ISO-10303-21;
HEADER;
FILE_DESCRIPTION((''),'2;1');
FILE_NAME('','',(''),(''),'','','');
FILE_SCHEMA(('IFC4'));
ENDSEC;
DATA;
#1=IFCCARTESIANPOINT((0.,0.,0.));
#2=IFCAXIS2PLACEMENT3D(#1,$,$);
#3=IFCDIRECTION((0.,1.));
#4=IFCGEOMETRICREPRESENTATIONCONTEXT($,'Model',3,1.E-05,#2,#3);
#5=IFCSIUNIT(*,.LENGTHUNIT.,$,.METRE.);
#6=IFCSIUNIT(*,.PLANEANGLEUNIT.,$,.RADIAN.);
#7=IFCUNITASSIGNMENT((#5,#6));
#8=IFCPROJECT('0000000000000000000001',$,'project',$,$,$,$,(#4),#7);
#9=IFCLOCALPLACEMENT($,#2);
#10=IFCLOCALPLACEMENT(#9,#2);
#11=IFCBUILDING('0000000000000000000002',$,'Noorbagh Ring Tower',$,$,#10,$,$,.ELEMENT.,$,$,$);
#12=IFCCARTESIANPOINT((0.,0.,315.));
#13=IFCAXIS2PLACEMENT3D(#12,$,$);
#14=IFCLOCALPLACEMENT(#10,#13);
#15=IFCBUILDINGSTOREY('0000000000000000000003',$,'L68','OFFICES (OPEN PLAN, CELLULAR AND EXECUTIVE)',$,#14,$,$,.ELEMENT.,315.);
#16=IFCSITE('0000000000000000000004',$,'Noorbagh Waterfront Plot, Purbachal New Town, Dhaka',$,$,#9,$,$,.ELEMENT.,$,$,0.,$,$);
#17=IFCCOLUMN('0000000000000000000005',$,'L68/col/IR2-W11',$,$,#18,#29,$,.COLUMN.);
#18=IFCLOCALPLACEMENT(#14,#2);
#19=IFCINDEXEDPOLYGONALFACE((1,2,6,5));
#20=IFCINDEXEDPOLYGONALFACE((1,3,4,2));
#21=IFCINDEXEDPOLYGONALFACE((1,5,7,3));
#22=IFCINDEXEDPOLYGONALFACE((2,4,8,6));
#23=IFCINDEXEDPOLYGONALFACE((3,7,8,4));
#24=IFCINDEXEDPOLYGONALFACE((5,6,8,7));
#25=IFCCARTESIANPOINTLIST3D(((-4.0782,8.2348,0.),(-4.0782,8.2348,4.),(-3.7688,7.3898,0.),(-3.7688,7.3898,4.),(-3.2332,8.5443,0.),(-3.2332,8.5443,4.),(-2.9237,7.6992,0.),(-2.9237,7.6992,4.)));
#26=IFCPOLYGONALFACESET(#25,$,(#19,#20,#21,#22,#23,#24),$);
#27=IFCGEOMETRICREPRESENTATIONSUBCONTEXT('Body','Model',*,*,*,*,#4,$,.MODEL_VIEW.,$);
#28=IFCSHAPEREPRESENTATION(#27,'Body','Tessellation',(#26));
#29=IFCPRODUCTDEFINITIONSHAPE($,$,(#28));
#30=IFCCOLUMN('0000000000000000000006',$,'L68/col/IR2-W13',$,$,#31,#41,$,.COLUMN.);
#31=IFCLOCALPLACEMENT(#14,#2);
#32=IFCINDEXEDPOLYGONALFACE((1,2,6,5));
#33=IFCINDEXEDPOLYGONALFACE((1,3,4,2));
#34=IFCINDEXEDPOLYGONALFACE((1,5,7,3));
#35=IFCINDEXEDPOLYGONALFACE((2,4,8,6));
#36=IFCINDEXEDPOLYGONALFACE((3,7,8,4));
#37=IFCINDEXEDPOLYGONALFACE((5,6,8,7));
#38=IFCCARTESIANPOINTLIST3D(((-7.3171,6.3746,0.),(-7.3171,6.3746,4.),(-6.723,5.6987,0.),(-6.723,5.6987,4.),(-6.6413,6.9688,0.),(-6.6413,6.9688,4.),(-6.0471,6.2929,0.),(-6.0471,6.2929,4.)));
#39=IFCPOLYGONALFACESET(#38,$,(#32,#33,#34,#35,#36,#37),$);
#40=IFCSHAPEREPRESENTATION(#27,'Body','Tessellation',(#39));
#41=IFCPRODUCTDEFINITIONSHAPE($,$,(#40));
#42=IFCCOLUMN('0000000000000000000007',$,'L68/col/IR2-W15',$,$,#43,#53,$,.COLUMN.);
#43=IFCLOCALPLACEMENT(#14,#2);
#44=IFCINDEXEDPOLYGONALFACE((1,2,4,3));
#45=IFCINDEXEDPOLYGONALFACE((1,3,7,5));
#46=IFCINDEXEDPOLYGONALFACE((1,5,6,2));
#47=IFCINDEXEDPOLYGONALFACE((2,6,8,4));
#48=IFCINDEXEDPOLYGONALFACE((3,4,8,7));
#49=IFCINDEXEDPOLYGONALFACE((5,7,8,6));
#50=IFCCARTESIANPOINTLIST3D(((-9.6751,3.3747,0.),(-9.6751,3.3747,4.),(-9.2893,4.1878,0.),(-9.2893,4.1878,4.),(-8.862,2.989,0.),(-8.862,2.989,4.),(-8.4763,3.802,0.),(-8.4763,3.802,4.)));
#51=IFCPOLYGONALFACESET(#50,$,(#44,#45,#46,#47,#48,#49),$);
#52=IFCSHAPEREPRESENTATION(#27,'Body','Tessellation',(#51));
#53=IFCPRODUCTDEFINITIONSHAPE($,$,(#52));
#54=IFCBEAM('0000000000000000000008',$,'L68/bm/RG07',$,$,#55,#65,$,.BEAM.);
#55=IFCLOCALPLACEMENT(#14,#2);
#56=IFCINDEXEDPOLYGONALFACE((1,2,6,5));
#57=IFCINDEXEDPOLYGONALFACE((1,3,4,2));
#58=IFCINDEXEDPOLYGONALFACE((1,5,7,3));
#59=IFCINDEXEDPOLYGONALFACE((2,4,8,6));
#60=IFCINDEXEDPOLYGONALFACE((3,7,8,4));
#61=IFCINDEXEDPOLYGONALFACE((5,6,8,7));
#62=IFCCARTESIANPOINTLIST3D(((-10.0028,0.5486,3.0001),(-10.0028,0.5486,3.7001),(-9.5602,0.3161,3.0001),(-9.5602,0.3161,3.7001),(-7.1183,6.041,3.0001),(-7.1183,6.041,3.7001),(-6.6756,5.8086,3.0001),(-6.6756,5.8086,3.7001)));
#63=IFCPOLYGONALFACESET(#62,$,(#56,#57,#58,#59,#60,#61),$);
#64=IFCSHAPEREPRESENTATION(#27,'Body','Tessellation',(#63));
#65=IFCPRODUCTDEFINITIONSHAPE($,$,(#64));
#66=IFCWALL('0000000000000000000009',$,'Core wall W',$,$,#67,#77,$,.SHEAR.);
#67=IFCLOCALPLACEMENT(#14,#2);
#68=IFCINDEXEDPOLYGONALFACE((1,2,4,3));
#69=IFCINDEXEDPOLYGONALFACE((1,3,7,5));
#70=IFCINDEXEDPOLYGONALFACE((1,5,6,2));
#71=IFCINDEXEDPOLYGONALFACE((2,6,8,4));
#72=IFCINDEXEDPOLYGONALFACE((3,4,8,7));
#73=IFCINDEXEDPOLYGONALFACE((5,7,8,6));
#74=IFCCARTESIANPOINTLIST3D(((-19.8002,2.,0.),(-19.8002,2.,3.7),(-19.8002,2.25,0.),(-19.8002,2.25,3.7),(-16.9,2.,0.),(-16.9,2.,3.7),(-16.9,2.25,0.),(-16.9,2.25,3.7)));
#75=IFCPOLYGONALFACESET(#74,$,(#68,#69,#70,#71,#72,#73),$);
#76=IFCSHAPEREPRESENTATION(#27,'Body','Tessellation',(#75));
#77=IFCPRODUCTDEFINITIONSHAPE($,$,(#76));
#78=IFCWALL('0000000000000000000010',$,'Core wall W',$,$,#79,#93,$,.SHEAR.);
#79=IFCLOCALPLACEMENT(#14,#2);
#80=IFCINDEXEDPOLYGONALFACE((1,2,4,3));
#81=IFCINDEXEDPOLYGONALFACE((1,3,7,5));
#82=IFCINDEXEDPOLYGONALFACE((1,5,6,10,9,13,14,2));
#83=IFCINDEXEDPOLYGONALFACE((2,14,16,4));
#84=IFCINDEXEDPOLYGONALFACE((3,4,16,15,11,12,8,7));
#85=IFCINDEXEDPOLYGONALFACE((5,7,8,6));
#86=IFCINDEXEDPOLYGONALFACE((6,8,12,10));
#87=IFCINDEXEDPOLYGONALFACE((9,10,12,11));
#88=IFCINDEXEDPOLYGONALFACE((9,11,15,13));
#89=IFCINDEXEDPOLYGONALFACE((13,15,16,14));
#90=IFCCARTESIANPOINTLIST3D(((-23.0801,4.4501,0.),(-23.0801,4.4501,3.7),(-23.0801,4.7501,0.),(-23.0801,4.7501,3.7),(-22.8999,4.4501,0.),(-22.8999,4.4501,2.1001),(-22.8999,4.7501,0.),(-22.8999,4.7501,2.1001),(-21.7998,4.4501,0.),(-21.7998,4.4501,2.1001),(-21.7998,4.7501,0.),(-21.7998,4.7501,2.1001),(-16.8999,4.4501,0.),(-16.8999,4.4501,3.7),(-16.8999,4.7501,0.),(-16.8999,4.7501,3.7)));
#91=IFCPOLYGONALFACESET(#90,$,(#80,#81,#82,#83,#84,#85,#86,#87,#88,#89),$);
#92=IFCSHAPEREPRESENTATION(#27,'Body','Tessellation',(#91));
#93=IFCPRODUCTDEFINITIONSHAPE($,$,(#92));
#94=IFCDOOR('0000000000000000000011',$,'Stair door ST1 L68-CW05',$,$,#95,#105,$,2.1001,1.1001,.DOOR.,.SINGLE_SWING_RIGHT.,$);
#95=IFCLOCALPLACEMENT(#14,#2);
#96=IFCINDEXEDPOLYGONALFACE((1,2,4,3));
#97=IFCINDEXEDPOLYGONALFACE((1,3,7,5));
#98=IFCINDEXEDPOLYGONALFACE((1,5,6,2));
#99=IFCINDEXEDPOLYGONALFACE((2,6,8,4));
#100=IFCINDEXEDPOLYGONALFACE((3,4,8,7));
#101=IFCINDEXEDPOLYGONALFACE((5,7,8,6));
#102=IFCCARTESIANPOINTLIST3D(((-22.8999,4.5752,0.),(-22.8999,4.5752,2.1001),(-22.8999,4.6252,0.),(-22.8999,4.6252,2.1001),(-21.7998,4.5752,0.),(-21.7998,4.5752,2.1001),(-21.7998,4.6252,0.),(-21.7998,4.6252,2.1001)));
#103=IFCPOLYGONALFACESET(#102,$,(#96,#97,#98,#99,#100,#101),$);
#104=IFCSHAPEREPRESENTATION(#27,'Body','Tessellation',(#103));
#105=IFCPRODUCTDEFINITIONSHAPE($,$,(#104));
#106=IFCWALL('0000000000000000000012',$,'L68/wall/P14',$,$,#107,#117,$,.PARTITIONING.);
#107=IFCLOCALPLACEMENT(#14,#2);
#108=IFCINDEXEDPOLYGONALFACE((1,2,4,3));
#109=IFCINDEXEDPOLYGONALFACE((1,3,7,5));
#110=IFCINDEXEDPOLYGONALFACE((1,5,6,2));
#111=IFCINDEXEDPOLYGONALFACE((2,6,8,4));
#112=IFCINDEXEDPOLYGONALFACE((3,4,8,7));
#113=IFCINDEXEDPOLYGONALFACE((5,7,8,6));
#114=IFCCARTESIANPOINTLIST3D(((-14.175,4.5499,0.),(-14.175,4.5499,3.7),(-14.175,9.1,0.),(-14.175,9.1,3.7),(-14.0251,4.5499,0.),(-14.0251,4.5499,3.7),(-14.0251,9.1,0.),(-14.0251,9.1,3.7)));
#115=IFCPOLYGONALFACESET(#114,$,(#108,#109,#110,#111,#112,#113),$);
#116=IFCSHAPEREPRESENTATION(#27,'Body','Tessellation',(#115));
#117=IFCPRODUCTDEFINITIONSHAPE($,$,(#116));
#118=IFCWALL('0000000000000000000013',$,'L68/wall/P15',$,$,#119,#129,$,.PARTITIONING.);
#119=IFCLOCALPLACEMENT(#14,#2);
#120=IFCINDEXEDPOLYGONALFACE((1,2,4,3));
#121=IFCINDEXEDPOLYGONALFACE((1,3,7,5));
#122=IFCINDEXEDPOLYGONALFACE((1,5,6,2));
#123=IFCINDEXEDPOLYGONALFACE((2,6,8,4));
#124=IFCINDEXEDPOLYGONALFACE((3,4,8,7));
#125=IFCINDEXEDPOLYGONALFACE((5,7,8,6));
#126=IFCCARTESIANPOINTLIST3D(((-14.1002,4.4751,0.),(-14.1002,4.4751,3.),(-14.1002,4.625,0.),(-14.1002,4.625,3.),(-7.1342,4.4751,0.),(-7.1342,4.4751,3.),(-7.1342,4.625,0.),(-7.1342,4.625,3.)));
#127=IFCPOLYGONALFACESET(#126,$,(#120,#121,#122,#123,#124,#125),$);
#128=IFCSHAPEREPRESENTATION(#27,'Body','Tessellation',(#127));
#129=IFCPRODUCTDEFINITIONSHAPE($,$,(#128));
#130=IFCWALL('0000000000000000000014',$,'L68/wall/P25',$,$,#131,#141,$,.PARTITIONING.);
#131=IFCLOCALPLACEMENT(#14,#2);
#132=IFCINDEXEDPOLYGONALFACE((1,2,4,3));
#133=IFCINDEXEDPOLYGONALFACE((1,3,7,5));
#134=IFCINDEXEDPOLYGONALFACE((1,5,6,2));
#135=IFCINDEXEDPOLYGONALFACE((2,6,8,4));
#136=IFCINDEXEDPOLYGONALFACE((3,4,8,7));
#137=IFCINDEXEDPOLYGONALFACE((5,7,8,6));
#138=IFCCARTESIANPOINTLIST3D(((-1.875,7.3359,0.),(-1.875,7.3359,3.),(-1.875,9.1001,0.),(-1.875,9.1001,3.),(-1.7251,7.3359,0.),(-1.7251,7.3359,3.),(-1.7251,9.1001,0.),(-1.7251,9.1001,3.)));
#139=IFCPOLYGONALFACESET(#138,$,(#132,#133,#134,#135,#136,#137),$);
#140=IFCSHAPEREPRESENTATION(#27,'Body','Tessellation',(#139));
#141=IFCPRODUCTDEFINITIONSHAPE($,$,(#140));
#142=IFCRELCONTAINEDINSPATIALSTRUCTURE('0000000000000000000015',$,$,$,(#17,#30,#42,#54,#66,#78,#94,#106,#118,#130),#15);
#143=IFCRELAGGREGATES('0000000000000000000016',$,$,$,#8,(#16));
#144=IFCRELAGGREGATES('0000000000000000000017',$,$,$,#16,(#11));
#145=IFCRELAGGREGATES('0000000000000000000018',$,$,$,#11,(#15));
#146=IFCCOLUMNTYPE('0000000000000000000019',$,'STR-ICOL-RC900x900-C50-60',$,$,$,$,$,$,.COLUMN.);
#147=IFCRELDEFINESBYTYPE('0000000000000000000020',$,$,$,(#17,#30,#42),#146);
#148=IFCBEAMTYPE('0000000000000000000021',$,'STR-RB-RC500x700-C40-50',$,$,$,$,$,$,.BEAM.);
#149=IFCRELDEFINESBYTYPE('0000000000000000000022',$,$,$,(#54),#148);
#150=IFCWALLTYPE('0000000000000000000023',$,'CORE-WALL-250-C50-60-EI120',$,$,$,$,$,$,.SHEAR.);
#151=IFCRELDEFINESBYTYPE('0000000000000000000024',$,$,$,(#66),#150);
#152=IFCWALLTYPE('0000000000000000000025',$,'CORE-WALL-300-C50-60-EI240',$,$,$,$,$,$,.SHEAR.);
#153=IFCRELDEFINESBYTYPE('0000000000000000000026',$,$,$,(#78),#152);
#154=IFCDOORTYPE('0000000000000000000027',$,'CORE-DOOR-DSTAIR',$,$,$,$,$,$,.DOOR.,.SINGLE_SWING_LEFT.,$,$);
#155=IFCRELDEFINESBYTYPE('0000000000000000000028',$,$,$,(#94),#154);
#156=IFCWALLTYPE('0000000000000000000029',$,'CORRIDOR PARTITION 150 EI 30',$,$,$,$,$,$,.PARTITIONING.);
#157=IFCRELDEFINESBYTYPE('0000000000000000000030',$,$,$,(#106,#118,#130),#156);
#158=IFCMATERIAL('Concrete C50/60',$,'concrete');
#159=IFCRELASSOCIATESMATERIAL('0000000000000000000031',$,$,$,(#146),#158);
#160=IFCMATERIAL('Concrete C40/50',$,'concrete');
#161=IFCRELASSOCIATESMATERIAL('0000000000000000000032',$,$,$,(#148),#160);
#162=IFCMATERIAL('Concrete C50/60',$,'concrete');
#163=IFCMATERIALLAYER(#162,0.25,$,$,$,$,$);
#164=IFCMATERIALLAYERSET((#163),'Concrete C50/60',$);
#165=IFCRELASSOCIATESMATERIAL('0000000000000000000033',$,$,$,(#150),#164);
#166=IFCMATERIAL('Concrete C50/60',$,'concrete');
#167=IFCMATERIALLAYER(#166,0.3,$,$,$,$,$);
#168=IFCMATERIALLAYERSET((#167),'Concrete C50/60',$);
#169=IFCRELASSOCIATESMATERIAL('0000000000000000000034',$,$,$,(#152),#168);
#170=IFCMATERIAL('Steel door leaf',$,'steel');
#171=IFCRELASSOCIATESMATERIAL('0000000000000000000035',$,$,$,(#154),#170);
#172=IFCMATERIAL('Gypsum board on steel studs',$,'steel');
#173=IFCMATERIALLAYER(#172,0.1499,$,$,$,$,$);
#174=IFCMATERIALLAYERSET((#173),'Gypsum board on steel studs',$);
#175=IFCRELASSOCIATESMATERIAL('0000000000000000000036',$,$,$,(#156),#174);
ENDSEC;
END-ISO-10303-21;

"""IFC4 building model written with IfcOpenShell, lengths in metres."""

from ifc_helpers import new_model, si_unit, direction, frame, frame_2d, origin, origin_2d, place, context, subcontext, project, spatial, rectangle, extrude, material, layer, layer_set, material_profile, profile_set, type_object, element, fill, save


model = new_model("IFC4")

# Units and contexts
model_context = context("Model", 3, precision=1e-05, world=origin(), true_north=direction((0.0, 1.0)))
body_context = subcontext(model_context, "Body", "Model", "MODEL_VIEW")
ifc_project = project(units=[si_unit("LENGTHUNIT", "METRE"), si_unit("PLANEANGLEUNIT", "RADIAN")], contexts=[model_context])

# Site, building, storey
site_placement = place(None, origin())
site = spatial("IfcSite", under=ifc_project, at=site_placement, Name="Noorbagh Waterfront Plot, Purbachal New Town, Dhaka", CompositionType="ELEMENT", RefElevation=0.0)
building_placement = place(site_placement, origin())
building = spatial("IfcBuilding", under=site, at=building_placement, Name="Noorbagh Ring Tower", CompositionType="ELEMENT")
storey_placement = place(building_placement, frame((0.0, 0.0, 315.0)))
storey = spatial("IfcBuildingStorey", under=building, at=storey_placement, Name="L68", Description="OFFICES (OPEN PLAN, CELLULAR AND EXECUTIVE)", CompositionType="ELEMENT", Elevation=315.0)

# Columns
ifc_material_1 = material(Name="Concrete C50/60", Category="concrete")
ifc_material_profile_1 = material_profile(ifc_material_1, rectangle(XDim=0.8999, YDim=0.8999, at=origin_2d()), Name="RC900x900")
ifc_profile_set_1 = profile_set([ifc_material_profile_1], Name="Concrete C50/60")
column_type = type_object("IfcColumnType", Name="STR-ICOL-RC900x900-C50-60", PredefinedType="COLUMN", material=ifc_profile_set_1)
for number, where, z_axis, x_axis, name in (
    (1, (-3.501, 7.967, 0.0), (0.0, 0.0, 1.0), (-0.93902, -0.343864, 0.0), "L68/col/IR2-W11"),
    (2, (-6.6821, 6.3337, 0.0), (0.0, 0.0, 1.0), (-0.751022, -0.660277, 0.0), "L68/col/IR2-W13"),
    (3, (-9.0757, 3.5884, 0.0), (0.0, 0.0, 1.0), (-0.428667, -0.903463, 0.0), "L68/col/IR2-W15"),
):
    element("IfcColumn", number, at=place(storey_placement, frame(where, z_axis=z_axis, x_axis=x_axis)), inside=storey, type_object=column_type, Name=name, PredefinedType="COLUMN", context=body_context, shape_type="SweptSolid", body=[
        extrude(rectangle(XDim=0.8999, YDim=0.8999, at=origin_2d()), origin(), (0.0, 0.0, 1.0), 4.0),
    ])

# Beam
ifc_material_2 = material(Name="Concrete C40/50", Category="concrete")
ifc_material_profile_2 = material_profile(ifc_material_2, rectangle(XDim=0.5, YDim=0.7, at=origin_2d()), Name="RC500x700")
ifc_profile_set_2 = profile_set([ifc_material_profile_2], Name="Concrete C40/50")
beam_type = type_object("IfcBeamType", Name="STR-RB-RC500x700-C40-50", PredefinedType="BEAM", material=ifc_profile_set_2)
beam_placement = place(storey_placement, frame((-6.897, 5.9248, 3.3501), z_axis=(-0.46496, -0.885332, 0.0), x_axis=(0.885332, -0.46496, 0.0)))
element("IfcBeam", 4, at=beam_placement, inside=storey, type_object=beam_type, Name="L68/bm/RG07", PredefinedType="BEAM", context=body_context, shape_type="SweptSolid", body=[
    extrude(rectangle(XDim=0.5, YDim=0.7, at=origin_2d()), origin(), (0.0, 0.0, 1.0), 6.2039),
])

# Wall
ifc_material_3 = material(Name="Concrete C50/60", Category="concrete")
ifc_layer_1 = layer(ifc_material_3, 0.25)
ifc_layer_set_1 = layer_set([ifc_layer_1], Name="Concrete C50/60")
wall_type_1 = type_object("IfcWallType", Name="CORE-WALL-250-C50-60-EI120", PredefinedType="SHEAR", material=ifc_layer_set_1)
wall_1_placement = place(storey_placement, frame((-16.8999, 2.125, 0.0), z_axis=(0.0, 0.0, 1.0), x_axis=(-1.0, 0.0, 0.0)))
element("IfcWall", 5, at=wall_1_placement, inside=storey, type_object=wall_type_1, Name="Core wall W", PredefinedType="SHEAR", context=body_context, shape_type="SweptSolid", body=[
    extrude(rectangle(XDim=2.9001, YDim=0.25, at=frame_2d((1.4502, 0.0))), origin(), (0.0, 0.0, 1.0), 3.7),
])

# Wall, opening, door
ifc_material_4 = material(Name="Concrete C50/60", Category="concrete")
ifc_layer_2 = layer(ifc_material_4, 0.3)
ifc_layer_set_2 = layer_set([ifc_layer_2], Name="Concrete C50/60")
wall_type_2 = type_object("IfcWallType", Name="CORE-WALL-300-C50-60-EI240", PredefinedType="SHEAR", material=ifc_layer_set_2)
wall_2_placement = place(storey_placement, frame((-16.8999, 4.6001, 0.0), z_axis=(0.0, 0.0, 1.0), x_axis=(-1.0, 0.0, 0.0)))
wall_2 = element("IfcWall", 6, at=wall_2_placement, inside=storey, type_object=wall_type_2, Name="Core wall W", PredefinedType="SHEAR", context=body_context, shape_type="SweptSolid", body=[
    extrude(rectangle(XDim=6.1802, YDim=0.3, at=frame_2d((3.0901, 0.0))), origin(), (0.0, 0.0, 1.0), 3.7),
])
opening_placement = place(wall_2_placement, frame((4.8999, 0.0, 0.0)))
opening = element("IfcOpeningElement", 7, at=opening_placement, cuts=wall_2, PredefinedType="OPENING", context=body_context, shape_type="SweptSolid", body=[
    extrude(rectangle(XDim=1.1001, YDim=2.1001, at=frame_2d((0.55, 1.05))), frame((0.0, 0.1602, 0.0), z_axis=(0.0, -1.0, 0.0), x_axis=(1.0, 0.0, 0.0)), (0.0, 0.0, 1.0), 0.3201),
])
ifc_material_5 = material(Name="Steel door leaf", Category="steel")
door_type = type_object("IfcDoorType", Name="CORE-DOOR-DSTAIR", OperationType="SINGLE_SWING_LEFT", PredefinedType="DOOR", material=ifc_material_5)
door_placement = place(opening_placement, origin())
door = element("IfcDoor", 8, at=door_placement, inside=storey, type_object=door_type, Name="Stair door ST1 L68-CW05", OperationType="SINGLE_SWING_RIGHT", OverallHeight=2.1001, OverallWidth=1.1001, PredefinedType="DOOR", context=body_context, shape_type="SweptSolid", body=[
    extrude(rectangle(XDim=1.1001, YDim=2.1001, at=frame_2d((0.55, 1.05))), frame((0.0, 0.0249, 0.0), z_axis=(0.0, -1.0, 0.0), x_axis=(1.0, 0.0, 0.0)), (0.0, 0.0, 1.0), 0.05),
])
fill(opening, door)

# Walls
ifc_material_6 = material(Name="Gypsum board on steel studs", Category="steel")
ifc_layer_3 = layer(ifc_material_6, 0.1499)
ifc_layer_set_3 = layer_set([ifc_layer_3], Name="Gypsum board on steel studs")
wall_type_3 = type_object("IfcWallType", Name="CORRIDOR PARTITION 150 EI 30", PredefinedType="PARTITIONING", material=ifc_layer_set_3)
wall_3_placement = place(storey_placement, frame((-14.1001, 4.55, 0.0), z_axis=(0.0, 0.0, 1.0), x_axis=(0.0, 1.0, 0.0)))
element("IfcWall", 9, at=wall_3_placement, inside=storey, type_object=wall_type_3, Name="L68/wall/P14", PredefinedType="PARTITIONING", context=body_context, shape_type="SweptSolid", body=[
    extrude(rectangle(XDim=4.55, YDim=0.1499, at=frame_2d((2.2749, 0.0))), origin(), (0.0, 0.0, 1.0), 3.7),
])
wall_4_placement = place(storey_placement, frame((-14.1001, 4.55, 0.0), z_axis=(0.0, 0.0, 1.0), x_axis=(1.0, 0.0, 0.0)))
element("IfcWall", 10, at=wall_4_placement, inside=storey, type_object=wall_type_3, Name="L68/wall/P15", PredefinedType="PARTITIONING", context=body_context, shape_type="SweptSolid", body=[
    extrude(rectangle(XDim=6.9661, YDim=0.1499, at=frame_2d((3.4829, 0.0))), origin(), (0.0, 0.0, 1.0), 3.0),
])
wall_5_placement = place(storey_placement, frame((-1.8, 7.3359, 0.0), z_axis=(0.0, 0.0, 1.0), x_axis=(0.0, 1.0, 0.0)))
element("IfcWall", 11, at=wall_5_placement, inside=storey, type_object=wall_type_3, Name="L68/wall/P25", PredefinedType="PARTITIONING", context=body_context, shape_type="SweptSolid", body=[
    extrude(rectangle(XDim=1.7642, YDim=0.1499, at=frame_2d((0.8821, 0.0))), origin(), (0.0, 0.0, 1.0), 3.0),
])

save(model, "model.ifc")
